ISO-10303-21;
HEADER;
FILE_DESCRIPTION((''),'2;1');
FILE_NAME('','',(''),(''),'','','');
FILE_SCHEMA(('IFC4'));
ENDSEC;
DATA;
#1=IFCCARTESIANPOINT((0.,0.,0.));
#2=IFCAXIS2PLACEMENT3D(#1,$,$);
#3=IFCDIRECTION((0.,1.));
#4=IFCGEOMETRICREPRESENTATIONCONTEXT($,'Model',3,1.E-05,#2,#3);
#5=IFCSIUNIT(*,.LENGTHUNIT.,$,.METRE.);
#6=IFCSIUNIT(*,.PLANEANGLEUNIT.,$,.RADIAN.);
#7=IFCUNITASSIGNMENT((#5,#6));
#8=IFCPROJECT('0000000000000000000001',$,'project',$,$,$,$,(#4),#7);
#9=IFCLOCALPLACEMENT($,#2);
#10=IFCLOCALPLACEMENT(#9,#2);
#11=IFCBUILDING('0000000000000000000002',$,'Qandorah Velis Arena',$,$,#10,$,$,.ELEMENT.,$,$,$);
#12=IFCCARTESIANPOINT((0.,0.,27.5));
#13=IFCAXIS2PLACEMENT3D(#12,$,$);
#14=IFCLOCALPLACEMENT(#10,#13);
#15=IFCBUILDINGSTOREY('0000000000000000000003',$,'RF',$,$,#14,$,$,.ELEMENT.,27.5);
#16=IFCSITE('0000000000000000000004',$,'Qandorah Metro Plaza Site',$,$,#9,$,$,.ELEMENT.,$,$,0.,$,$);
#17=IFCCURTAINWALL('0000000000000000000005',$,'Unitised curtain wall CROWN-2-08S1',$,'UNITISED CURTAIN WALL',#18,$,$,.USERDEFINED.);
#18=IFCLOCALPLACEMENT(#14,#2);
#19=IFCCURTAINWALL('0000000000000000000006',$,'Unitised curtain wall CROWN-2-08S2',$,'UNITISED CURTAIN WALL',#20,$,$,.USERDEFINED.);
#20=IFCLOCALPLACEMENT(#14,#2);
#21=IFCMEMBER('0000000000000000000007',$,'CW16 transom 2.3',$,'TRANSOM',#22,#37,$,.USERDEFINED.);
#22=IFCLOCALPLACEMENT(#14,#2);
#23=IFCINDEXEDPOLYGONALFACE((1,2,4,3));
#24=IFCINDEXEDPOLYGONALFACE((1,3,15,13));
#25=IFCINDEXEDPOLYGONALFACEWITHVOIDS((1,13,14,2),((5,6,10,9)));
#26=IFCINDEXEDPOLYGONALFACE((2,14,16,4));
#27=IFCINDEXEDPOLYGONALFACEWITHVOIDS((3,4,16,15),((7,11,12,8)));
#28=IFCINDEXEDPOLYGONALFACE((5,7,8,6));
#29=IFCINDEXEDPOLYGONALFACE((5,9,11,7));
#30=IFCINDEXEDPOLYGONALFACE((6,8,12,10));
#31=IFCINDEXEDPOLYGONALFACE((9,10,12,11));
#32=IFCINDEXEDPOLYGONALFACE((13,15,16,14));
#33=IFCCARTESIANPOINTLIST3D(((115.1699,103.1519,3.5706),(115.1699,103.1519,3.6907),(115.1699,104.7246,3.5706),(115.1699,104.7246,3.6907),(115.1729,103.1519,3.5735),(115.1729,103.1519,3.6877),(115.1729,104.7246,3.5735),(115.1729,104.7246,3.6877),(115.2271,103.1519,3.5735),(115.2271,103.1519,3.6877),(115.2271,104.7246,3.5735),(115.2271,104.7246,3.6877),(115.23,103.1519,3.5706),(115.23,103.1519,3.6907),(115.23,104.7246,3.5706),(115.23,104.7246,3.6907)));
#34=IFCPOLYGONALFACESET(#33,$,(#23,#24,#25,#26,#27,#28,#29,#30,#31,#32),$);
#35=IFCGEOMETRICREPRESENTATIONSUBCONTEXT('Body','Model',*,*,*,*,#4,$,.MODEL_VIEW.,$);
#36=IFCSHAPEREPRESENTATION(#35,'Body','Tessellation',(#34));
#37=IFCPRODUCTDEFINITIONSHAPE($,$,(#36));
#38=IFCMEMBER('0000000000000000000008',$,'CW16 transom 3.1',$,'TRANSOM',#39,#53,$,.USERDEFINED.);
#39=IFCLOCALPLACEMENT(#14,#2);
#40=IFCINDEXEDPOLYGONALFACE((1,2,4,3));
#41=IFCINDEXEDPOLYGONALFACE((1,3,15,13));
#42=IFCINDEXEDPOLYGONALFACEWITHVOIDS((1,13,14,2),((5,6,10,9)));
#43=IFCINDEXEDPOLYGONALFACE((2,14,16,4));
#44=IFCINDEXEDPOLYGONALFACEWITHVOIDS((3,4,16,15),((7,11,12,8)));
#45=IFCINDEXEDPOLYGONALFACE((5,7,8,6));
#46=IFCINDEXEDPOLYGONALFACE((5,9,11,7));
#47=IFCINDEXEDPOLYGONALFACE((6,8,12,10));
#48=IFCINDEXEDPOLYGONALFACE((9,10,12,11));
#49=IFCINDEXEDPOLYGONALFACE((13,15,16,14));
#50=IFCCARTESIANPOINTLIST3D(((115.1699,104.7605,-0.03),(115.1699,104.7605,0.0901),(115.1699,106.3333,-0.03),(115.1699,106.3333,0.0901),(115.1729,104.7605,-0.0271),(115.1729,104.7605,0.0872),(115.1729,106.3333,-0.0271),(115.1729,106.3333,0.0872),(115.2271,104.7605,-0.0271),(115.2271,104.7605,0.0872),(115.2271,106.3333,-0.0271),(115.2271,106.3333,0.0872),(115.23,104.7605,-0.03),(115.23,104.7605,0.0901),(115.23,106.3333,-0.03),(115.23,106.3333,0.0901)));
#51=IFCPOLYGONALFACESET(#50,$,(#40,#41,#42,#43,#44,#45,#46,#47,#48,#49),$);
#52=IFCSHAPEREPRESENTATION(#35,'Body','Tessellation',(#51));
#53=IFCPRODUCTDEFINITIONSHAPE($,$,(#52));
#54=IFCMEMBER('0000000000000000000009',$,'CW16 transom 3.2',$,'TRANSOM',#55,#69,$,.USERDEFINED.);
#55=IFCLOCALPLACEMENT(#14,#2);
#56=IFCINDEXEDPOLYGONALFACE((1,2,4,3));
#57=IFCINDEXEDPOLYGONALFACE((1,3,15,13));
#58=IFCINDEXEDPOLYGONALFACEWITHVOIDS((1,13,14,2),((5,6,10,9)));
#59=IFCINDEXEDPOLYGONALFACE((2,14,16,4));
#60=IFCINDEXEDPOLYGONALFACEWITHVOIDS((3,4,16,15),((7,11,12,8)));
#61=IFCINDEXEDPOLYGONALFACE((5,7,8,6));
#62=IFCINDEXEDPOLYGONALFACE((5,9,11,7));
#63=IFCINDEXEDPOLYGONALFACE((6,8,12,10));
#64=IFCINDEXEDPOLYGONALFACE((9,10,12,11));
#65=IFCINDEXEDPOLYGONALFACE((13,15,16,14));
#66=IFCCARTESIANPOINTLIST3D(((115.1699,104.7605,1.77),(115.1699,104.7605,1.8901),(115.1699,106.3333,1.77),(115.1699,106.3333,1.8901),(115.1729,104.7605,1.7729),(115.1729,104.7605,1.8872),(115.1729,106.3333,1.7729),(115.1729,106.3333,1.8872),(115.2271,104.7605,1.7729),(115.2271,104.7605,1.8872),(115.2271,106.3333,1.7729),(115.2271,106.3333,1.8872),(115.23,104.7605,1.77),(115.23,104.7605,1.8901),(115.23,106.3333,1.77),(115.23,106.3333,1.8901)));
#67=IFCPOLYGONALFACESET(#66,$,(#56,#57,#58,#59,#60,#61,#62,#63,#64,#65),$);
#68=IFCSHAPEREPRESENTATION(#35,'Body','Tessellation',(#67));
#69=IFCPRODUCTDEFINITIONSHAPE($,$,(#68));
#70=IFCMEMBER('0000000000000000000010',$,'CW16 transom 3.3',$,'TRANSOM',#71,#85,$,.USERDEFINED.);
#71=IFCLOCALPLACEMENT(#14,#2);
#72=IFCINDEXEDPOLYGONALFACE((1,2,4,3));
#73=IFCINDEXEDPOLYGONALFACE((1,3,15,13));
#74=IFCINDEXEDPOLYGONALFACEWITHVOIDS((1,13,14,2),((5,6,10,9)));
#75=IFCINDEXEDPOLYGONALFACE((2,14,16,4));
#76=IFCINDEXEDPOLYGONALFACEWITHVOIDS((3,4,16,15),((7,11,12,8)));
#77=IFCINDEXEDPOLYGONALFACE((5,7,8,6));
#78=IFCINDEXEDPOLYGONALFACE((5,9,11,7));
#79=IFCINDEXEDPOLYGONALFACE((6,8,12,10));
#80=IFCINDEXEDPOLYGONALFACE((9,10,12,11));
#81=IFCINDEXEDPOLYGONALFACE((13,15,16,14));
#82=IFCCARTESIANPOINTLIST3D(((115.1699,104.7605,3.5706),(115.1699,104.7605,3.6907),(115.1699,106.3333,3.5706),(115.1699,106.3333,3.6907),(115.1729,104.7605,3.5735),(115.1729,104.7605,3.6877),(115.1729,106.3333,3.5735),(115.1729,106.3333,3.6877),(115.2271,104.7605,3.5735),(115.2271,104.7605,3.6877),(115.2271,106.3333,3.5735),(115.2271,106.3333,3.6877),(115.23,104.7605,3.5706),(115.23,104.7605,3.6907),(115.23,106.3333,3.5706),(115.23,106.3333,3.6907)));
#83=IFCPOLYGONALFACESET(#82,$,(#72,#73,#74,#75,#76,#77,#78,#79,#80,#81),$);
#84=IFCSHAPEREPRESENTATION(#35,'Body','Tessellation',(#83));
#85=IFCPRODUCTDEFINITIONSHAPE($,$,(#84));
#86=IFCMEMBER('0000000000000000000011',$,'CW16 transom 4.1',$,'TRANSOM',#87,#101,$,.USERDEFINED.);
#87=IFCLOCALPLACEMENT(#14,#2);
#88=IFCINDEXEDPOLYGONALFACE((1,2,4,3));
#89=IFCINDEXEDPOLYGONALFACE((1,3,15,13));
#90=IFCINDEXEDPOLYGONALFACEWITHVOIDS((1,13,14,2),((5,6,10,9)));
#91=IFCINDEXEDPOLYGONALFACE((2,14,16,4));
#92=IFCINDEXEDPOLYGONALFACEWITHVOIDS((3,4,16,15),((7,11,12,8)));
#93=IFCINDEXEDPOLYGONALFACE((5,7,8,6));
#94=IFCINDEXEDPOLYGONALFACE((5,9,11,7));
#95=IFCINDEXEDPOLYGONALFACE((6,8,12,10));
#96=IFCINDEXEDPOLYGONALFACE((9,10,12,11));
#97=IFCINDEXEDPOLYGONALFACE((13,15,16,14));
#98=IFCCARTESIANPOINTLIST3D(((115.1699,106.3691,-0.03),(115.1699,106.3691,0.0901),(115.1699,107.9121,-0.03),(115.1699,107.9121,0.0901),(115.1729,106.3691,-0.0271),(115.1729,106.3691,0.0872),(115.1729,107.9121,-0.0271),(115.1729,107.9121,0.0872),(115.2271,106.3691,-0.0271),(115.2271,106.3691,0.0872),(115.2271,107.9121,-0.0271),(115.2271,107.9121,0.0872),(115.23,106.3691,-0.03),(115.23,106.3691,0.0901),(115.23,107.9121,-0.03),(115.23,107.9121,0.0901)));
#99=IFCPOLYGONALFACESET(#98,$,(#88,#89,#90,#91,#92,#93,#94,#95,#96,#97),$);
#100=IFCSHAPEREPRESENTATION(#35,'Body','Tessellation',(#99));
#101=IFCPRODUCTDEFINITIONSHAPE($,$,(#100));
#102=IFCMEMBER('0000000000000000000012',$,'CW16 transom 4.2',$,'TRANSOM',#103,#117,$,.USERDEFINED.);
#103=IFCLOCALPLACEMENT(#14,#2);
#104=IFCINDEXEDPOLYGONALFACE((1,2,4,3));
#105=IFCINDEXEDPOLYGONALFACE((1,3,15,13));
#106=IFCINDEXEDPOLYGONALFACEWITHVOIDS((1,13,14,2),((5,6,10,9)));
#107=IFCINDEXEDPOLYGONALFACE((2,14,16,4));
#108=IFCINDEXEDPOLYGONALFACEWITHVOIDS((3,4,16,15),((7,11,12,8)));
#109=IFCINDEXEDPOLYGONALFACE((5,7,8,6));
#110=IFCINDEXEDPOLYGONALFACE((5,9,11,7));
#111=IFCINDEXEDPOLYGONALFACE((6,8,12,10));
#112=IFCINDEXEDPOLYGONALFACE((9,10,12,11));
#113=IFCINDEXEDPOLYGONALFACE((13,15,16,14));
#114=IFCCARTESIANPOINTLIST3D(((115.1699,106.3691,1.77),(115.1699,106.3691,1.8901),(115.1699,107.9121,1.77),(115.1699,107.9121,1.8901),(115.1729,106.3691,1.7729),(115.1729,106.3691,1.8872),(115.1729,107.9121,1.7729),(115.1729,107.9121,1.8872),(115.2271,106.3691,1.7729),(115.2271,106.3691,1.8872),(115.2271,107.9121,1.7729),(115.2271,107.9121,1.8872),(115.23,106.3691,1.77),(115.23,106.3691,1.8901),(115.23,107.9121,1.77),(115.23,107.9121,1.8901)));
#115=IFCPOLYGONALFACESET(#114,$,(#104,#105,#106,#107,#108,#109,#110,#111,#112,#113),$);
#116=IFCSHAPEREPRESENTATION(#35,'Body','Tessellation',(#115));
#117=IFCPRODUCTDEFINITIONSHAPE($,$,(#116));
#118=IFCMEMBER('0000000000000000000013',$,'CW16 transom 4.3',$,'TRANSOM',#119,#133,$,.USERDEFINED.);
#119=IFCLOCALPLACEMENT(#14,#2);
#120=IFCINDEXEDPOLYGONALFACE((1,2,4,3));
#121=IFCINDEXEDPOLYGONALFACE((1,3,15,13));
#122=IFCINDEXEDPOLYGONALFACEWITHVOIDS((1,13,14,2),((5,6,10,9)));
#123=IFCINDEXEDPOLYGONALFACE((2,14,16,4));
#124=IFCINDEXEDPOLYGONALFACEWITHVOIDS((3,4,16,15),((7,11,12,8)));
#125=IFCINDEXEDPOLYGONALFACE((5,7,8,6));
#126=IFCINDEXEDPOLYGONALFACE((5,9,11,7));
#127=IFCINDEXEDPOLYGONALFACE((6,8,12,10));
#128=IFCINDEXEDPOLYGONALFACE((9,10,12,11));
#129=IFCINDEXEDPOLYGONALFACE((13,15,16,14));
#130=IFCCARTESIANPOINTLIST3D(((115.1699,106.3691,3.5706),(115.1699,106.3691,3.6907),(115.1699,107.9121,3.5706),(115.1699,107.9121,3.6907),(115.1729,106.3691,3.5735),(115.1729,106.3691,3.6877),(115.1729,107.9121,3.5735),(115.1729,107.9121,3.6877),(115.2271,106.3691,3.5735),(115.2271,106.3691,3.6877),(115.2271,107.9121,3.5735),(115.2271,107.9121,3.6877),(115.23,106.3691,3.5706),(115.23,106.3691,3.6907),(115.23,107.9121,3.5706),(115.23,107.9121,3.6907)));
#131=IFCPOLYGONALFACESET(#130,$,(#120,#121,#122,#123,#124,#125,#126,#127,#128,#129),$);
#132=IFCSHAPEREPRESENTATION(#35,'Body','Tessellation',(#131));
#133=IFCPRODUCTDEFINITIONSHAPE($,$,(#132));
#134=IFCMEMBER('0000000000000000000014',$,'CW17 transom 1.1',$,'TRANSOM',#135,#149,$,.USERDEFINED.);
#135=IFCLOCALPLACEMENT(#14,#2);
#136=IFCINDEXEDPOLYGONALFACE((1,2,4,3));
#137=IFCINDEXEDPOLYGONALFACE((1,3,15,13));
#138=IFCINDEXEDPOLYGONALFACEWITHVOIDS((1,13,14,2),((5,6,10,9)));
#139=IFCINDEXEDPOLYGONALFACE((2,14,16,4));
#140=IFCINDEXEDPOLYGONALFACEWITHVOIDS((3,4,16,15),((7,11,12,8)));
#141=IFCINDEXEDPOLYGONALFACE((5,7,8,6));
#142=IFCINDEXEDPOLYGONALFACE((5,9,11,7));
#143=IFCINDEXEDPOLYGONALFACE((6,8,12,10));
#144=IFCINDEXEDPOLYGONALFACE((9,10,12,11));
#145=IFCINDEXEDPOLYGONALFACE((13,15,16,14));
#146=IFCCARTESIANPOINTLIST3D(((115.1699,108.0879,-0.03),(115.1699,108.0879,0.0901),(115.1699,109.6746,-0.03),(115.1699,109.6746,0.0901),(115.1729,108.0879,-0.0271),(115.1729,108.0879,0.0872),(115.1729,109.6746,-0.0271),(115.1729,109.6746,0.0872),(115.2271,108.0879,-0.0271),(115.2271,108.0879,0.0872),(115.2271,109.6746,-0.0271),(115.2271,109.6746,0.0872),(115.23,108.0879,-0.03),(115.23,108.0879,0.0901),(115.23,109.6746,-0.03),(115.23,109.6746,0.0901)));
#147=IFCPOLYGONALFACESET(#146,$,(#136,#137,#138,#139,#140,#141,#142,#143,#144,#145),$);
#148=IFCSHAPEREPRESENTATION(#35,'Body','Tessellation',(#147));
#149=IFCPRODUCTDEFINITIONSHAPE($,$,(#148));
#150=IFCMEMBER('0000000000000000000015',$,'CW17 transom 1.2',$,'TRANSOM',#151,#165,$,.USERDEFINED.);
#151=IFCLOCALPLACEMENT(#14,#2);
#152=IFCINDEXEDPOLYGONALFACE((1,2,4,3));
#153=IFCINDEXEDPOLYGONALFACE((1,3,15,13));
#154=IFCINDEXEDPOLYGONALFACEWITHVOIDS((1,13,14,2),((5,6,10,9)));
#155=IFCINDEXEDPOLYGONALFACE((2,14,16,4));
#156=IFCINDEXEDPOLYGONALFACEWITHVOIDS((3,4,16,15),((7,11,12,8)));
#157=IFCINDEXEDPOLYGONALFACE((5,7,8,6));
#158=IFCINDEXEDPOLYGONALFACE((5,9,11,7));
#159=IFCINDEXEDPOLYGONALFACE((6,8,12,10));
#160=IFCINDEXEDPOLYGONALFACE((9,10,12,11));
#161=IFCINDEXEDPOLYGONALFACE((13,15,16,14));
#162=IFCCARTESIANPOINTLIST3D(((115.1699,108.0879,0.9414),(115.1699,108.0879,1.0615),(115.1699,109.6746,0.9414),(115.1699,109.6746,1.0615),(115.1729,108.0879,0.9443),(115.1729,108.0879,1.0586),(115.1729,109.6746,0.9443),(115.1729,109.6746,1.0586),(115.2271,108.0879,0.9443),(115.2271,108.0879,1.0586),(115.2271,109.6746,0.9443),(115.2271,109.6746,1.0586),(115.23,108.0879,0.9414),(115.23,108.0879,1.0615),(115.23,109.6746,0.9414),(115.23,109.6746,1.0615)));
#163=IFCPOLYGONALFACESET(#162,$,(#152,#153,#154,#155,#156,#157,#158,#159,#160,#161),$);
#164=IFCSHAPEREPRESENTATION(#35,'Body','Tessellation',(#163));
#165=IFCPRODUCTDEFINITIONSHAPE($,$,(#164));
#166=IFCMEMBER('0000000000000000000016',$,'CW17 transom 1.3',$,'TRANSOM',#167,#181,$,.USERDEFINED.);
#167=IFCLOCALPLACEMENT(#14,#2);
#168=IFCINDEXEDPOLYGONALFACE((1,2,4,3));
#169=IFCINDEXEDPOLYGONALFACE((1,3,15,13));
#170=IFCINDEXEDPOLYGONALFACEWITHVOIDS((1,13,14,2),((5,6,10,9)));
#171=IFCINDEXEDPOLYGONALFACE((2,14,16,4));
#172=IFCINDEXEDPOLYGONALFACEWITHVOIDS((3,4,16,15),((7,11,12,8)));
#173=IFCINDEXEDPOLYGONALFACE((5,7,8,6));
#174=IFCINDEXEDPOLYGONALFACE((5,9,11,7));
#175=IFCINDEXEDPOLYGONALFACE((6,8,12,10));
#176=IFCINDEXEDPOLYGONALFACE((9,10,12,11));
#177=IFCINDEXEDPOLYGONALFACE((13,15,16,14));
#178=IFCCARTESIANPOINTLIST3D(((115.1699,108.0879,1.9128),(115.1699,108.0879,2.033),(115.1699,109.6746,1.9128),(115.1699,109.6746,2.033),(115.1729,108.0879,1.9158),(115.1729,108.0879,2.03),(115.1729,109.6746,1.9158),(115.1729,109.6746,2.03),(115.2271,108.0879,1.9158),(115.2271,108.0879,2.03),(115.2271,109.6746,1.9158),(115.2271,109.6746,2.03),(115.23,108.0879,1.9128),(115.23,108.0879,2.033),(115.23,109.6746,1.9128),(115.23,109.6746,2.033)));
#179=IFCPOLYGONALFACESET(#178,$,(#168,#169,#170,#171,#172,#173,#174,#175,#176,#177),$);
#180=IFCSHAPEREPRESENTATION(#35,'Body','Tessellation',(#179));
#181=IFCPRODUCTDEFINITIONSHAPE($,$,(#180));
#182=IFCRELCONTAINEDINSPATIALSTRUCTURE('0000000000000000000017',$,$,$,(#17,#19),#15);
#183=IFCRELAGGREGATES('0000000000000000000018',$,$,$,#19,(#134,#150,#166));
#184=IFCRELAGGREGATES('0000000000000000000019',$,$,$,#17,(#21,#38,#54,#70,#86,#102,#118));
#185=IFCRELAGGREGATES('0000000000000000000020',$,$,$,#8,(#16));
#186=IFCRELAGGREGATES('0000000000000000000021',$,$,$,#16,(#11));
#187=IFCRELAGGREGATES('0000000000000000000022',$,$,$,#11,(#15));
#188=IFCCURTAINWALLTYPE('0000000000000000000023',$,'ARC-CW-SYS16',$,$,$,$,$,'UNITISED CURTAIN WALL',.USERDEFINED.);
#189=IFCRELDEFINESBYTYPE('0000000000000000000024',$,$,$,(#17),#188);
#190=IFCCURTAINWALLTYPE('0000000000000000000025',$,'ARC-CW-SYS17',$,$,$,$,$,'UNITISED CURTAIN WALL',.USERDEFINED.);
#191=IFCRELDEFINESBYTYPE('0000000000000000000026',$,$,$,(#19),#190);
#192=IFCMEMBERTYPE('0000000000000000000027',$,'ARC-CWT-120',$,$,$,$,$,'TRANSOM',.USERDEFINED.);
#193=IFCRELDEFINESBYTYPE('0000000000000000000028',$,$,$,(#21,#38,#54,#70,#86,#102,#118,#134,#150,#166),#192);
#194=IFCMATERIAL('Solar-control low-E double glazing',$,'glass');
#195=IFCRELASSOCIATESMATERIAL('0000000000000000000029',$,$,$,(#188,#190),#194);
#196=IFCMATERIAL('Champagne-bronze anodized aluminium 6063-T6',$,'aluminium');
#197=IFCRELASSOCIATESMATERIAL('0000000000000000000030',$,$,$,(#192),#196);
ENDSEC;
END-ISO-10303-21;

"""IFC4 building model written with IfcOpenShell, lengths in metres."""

from ifc_helpers import new_model, si_unit, direction, frame, origin, origin_2d, place, context, subcontext, project, spatial, hollow_rectangle, extrude, material, material_profile, profile_set, type_object, element, aggregate, save


model = new_model("IFC4")

# Units and contexts
model_context = context("Model", 3, precision=1e-05, world=origin(), true_north=direction((0.0, 1.0)))
body_context = subcontext(model_context, "Body", "Model", "MODEL_VIEW")
ifc_project = project(units=[si_unit("LENGTHUNIT", "METRE"), si_unit("PLANEANGLEUNIT", "RADIAN")], contexts=[model_context])

# Site, building, storey
site_placement = place(None, origin())
site = spatial("IfcSite", under=ifc_project, at=site_placement, Name="Qandorah Metro Plaza Site", CompositionType="ELEMENT", RefElevation=0.0)
building_placement = place(site_placement, origin())
building = spatial("IfcBuilding", under=site, at=building_placement, Name="Qandorah Velis Arena", CompositionType="ELEMENT")
storey_placement = place(building_placement, frame((0.0, 0.0, 27.5)))
storey = spatial("IfcBuildingStorey", under=building, at=storey_placement, Name="RF", CompositionType="ELEMENT", Elevation=27.5)

# Curtain wall
ifc_material_1 = material(Name="Solar-control low-E double glazing", Category="glass")
curtain_wall_type_1 = type_object("IfcCurtainWallType", Name="ARC-CW-SYS16", ElementType="UNITISED CURTAIN WALL", PredefinedType="USERDEFINED", material=ifc_material_1)
curtain_wall_1_placement = place(storey_placement, origin())
curtain_wall_1 = element("IfcCurtainWall", 1, at=curtain_wall_1_placement, inside=storey, type_object=curtain_wall_type_1, Name="Unitised curtain wall CROWN-2-08S1", ObjectType="UNITISED CURTAIN WALL", PredefinedType="USERDEFINED")
ifc_material_2 = material(Name="Champagne-bronze anodized aluminium 6063-T6", Category="aluminium")

# Curtain wall
curtain_wall_type_2 = type_object("IfcCurtainWallType", Name="ARC-CW-SYS17", ElementType="UNITISED CURTAIN WALL", PredefinedType="USERDEFINED", material=ifc_material_1)
curtain_wall_2_placement = place(storey_placement, origin())
curtain_wall_2 = element("IfcCurtainWall", 2, at=curtain_wall_2_placement, inside=storey, type_object=curtain_wall_type_2, Name="Unitised curtain wall CROWN-2-08S2", ObjectType="UNITISED CURTAIN WALL", PredefinedType="USERDEFINED")

# Members
ifc_material_profile_1 = material_profile(ifc_material_2, hollow_rectangle(XDim=0.0601, YDim=0.1201, WallThickness=0.0029, at=origin_2d()), Name="ALU TRANSOM 60x120")
ifc_profile_set_1 = profile_set([ifc_material_profile_1], Name="Champagne-bronze anodized aluminium 6063-T6")
member_type_1 = type_object("IfcMemberType", Name="ARC-CWT-120", ElementType="TRANSOM", PredefinedType="USERDEFINED", material=ifc_profile_set_1)
member_1_placement = place(storey_placement, frame((115.2, 103.1519, 3.6306), z_axis=(0.0, 1.0, 0.0), x_axis=(-1.0, 0.0, 0.0)))
member_1 = element("IfcMember", 3, at=member_1_placement, type_object=member_type_1, Name="CW16 transom 2.3", ObjectType="TRANSOM", PredefinedType="USERDEFINED", context=body_context, shape_type="SweptSolid", body=[
    extrude(hollow_rectangle(XDim=0.0601, YDim=0.1201, WallThickness=0.0029, at=origin_2d()), origin(), (0.0, 0.0, 1.0), 1.5728),
])
member_2_placement = place(storey_placement, frame((115.2, 104.7605, 0.03), z_axis=(0.0, 1.0, 0.0), x_axis=(-1.0, 0.0, 0.0)))
member_2 = element("IfcMember", 4, at=member_2_placement, type_object=member_type_1, Name="CW16 transom 3.1", ObjectType="TRANSOM", PredefinedType="USERDEFINED", context=body_context, shape_type="SweptSolid", body=[
    extrude(hollow_rectangle(XDim=0.0601, YDim=0.1201, WallThickness=0.0029, at=origin_2d()), origin(), (0.0, 0.0, 1.0), 1.5728),
])
member_3_placement = place(storey_placement, frame((115.2, 104.7605, 1.8301), z_axis=(0.0, 1.0, 0.0), x_axis=(-1.0, 0.0, 0.0)))
member_3 = element("IfcMember", 5, at=member_3_placement, type_object=member_type_1, Name="CW16 transom 3.2", ObjectType="TRANSOM", PredefinedType="USERDEFINED", context=body_context, shape_type="SweptSolid", body=[
    extrude(hollow_rectangle(XDim=0.0601, YDim=0.1201, WallThickness=0.0029, at=origin_2d()), origin(), (0.0, 0.0, 1.0), 1.5728),
])
member_4_placement = place(storey_placement, frame((115.2, 104.7605, 3.6306), z_axis=(0.0, 1.0, 0.0), x_axis=(-1.0, 0.0, 0.0)))
member_4 = element("IfcMember", 6, at=member_4_placement, type_object=member_type_1, Name="CW16 transom 3.3", ObjectType="TRANSOM", PredefinedType="USERDEFINED", context=body_context, shape_type="SweptSolid", body=[
    extrude(hollow_rectangle(XDim=0.0601, YDim=0.1201, WallThickness=0.0029, at=origin_2d()), origin(), (0.0, 0.0, 1.0), 1.5728),
])
member_5_placement = place(storey_placement, frame((115.2, 106.3691, 0.03), z_axis=(0.0, 1.0, 0.0), x_axis=(-1.0, 0.0, 0.0)))
member_5 = element("IfcMember", 7, at=member_5_placement, type_object=member_type_1, Name="CW16 transom 4.1", ObjectType="TRANSOM", PredefinedType="USERDEFINED", context=body_context, shape_type="SweptSolid", body=[
    extrude(hollow_rectangle(XDim=0.0601, YDim=0.1201, WallThickness=0.0029, at=origin_2d()), origin(), (0.0, 0.0, 1.0), 1.543),
])
member_6_placement = place(storey_placement, frame((115.2, 106.3691, 1.8301), z_axis=(0.0, 1.0, 0.0), x_axis=(-1.0, 0.0, 0.0)))
member_6 = element("IfcMember", 8, at=member_6_placement, type_object=member_type_1, Name="CW16 transom 4.2", ObjectType="TRANSOM", PredefinedType="USERDEFINED", context=body_context, shape_type="SweptSolid", body=[
    extrude(hollow_rectangle(XDim=0.0601, YDim=0.1201, WallThickness=0.0029, at=origin_2d()), origin(), (0.0, 0.0, 1.0), 1.543),
])
member_7_placement = place(storey_placement, frame((115.2, 106.3691, 3.6306), z_axis=(0.0, 1.0, 0.0), x_axis=(-1.0, 0.0, 0.0)))
member_7 = element("IfcMember", 9, at=member_7_placement, type_object=member_type_1, Name="CW16 transom 4.3", ObjectType="TRANSOM", PredefinedType="USERDEFINED", context=body_context, shape_type="SweptSolid", body=[
    extrude(hollow_rectangle(XDim=0.0601, YDim=0.1201, WallThickness=0.0029, at=origin_2d()), origin(), (0.0, 0.0, 1.0), 1.543),
])
member_8_placement = place(storey_placement, frame((115.2, 108.0879, 0.03), z_axis=(0.0, 1.0, 0.0), x_axis=(-1.0, 0.0, 0.0)))
member_8 = element("IfcMember", 10, at=member_8_placement, type_object=member_type_1, Name="CW17 transom 1.1", ObjectType="TRANSOM", PredefinedType="USERDEFINED", context=body_context, shape_type="SweptSolid", body=[
    extrude(hollow_rectangle(XDim=0.0601, YDim=0.1201, WallThickness=0.0029, at=origin_2d()), origin(), (0.0, 0.0, 1.0), 1.5867),
])
member_9_placement = place(storey_placement, frame((115.2, 108.0879, 1.0015), z_axis=(0.0, 1.0, 0.0), x_axis=(-1.0, 0.0, 0.0)))
member_9 = element("IfcMember", 11, at=member_9_placement, type_object=member_type_1, Name="CW17 transom 1.2", ObjectType="TRANSOM", PredefinedType="USERDEFINED", context=body_context, shape_type="SweptSolid", body=[
    extrude(hollow_rectangle(XDim=0.0601, YDim=0.1201, WallThickness=0.0029, at=origin_2d()), origin(), (0.0, 0.0, 1.0), 1.5867),
])
member_10_placement = place(storey_placement, frame((115.2, 108.0879, 1.9729), z_axis=(0.0, 1.0, 0.0), x_axis=(-1.0, 0.0, 0.0)))
member_10 = element("IfcMember", 12, at=member_10_placement, type_object=member_type_1, Name="CW17 transom 1.3", ObjectType="TRANSOM", PredefinedType="USERDEFINED", context=body_context, shape_type="SweptSolid", body=[
    extrude(hollow_rectangle(XDim=0.0601, YDim=0.1201, WallThickness=0.0029, at=origin_2d()), origin(), (0.0, 0.0, 1.0), 1.5867),
])
aggregate(curtain_wall_2, [member_8, member_9, member_10])

aggregate(curtain_wall_1, [member_1, member_2, member_3, member_4, member_5, member_6, member_7])

save(model, "model.ifc")
